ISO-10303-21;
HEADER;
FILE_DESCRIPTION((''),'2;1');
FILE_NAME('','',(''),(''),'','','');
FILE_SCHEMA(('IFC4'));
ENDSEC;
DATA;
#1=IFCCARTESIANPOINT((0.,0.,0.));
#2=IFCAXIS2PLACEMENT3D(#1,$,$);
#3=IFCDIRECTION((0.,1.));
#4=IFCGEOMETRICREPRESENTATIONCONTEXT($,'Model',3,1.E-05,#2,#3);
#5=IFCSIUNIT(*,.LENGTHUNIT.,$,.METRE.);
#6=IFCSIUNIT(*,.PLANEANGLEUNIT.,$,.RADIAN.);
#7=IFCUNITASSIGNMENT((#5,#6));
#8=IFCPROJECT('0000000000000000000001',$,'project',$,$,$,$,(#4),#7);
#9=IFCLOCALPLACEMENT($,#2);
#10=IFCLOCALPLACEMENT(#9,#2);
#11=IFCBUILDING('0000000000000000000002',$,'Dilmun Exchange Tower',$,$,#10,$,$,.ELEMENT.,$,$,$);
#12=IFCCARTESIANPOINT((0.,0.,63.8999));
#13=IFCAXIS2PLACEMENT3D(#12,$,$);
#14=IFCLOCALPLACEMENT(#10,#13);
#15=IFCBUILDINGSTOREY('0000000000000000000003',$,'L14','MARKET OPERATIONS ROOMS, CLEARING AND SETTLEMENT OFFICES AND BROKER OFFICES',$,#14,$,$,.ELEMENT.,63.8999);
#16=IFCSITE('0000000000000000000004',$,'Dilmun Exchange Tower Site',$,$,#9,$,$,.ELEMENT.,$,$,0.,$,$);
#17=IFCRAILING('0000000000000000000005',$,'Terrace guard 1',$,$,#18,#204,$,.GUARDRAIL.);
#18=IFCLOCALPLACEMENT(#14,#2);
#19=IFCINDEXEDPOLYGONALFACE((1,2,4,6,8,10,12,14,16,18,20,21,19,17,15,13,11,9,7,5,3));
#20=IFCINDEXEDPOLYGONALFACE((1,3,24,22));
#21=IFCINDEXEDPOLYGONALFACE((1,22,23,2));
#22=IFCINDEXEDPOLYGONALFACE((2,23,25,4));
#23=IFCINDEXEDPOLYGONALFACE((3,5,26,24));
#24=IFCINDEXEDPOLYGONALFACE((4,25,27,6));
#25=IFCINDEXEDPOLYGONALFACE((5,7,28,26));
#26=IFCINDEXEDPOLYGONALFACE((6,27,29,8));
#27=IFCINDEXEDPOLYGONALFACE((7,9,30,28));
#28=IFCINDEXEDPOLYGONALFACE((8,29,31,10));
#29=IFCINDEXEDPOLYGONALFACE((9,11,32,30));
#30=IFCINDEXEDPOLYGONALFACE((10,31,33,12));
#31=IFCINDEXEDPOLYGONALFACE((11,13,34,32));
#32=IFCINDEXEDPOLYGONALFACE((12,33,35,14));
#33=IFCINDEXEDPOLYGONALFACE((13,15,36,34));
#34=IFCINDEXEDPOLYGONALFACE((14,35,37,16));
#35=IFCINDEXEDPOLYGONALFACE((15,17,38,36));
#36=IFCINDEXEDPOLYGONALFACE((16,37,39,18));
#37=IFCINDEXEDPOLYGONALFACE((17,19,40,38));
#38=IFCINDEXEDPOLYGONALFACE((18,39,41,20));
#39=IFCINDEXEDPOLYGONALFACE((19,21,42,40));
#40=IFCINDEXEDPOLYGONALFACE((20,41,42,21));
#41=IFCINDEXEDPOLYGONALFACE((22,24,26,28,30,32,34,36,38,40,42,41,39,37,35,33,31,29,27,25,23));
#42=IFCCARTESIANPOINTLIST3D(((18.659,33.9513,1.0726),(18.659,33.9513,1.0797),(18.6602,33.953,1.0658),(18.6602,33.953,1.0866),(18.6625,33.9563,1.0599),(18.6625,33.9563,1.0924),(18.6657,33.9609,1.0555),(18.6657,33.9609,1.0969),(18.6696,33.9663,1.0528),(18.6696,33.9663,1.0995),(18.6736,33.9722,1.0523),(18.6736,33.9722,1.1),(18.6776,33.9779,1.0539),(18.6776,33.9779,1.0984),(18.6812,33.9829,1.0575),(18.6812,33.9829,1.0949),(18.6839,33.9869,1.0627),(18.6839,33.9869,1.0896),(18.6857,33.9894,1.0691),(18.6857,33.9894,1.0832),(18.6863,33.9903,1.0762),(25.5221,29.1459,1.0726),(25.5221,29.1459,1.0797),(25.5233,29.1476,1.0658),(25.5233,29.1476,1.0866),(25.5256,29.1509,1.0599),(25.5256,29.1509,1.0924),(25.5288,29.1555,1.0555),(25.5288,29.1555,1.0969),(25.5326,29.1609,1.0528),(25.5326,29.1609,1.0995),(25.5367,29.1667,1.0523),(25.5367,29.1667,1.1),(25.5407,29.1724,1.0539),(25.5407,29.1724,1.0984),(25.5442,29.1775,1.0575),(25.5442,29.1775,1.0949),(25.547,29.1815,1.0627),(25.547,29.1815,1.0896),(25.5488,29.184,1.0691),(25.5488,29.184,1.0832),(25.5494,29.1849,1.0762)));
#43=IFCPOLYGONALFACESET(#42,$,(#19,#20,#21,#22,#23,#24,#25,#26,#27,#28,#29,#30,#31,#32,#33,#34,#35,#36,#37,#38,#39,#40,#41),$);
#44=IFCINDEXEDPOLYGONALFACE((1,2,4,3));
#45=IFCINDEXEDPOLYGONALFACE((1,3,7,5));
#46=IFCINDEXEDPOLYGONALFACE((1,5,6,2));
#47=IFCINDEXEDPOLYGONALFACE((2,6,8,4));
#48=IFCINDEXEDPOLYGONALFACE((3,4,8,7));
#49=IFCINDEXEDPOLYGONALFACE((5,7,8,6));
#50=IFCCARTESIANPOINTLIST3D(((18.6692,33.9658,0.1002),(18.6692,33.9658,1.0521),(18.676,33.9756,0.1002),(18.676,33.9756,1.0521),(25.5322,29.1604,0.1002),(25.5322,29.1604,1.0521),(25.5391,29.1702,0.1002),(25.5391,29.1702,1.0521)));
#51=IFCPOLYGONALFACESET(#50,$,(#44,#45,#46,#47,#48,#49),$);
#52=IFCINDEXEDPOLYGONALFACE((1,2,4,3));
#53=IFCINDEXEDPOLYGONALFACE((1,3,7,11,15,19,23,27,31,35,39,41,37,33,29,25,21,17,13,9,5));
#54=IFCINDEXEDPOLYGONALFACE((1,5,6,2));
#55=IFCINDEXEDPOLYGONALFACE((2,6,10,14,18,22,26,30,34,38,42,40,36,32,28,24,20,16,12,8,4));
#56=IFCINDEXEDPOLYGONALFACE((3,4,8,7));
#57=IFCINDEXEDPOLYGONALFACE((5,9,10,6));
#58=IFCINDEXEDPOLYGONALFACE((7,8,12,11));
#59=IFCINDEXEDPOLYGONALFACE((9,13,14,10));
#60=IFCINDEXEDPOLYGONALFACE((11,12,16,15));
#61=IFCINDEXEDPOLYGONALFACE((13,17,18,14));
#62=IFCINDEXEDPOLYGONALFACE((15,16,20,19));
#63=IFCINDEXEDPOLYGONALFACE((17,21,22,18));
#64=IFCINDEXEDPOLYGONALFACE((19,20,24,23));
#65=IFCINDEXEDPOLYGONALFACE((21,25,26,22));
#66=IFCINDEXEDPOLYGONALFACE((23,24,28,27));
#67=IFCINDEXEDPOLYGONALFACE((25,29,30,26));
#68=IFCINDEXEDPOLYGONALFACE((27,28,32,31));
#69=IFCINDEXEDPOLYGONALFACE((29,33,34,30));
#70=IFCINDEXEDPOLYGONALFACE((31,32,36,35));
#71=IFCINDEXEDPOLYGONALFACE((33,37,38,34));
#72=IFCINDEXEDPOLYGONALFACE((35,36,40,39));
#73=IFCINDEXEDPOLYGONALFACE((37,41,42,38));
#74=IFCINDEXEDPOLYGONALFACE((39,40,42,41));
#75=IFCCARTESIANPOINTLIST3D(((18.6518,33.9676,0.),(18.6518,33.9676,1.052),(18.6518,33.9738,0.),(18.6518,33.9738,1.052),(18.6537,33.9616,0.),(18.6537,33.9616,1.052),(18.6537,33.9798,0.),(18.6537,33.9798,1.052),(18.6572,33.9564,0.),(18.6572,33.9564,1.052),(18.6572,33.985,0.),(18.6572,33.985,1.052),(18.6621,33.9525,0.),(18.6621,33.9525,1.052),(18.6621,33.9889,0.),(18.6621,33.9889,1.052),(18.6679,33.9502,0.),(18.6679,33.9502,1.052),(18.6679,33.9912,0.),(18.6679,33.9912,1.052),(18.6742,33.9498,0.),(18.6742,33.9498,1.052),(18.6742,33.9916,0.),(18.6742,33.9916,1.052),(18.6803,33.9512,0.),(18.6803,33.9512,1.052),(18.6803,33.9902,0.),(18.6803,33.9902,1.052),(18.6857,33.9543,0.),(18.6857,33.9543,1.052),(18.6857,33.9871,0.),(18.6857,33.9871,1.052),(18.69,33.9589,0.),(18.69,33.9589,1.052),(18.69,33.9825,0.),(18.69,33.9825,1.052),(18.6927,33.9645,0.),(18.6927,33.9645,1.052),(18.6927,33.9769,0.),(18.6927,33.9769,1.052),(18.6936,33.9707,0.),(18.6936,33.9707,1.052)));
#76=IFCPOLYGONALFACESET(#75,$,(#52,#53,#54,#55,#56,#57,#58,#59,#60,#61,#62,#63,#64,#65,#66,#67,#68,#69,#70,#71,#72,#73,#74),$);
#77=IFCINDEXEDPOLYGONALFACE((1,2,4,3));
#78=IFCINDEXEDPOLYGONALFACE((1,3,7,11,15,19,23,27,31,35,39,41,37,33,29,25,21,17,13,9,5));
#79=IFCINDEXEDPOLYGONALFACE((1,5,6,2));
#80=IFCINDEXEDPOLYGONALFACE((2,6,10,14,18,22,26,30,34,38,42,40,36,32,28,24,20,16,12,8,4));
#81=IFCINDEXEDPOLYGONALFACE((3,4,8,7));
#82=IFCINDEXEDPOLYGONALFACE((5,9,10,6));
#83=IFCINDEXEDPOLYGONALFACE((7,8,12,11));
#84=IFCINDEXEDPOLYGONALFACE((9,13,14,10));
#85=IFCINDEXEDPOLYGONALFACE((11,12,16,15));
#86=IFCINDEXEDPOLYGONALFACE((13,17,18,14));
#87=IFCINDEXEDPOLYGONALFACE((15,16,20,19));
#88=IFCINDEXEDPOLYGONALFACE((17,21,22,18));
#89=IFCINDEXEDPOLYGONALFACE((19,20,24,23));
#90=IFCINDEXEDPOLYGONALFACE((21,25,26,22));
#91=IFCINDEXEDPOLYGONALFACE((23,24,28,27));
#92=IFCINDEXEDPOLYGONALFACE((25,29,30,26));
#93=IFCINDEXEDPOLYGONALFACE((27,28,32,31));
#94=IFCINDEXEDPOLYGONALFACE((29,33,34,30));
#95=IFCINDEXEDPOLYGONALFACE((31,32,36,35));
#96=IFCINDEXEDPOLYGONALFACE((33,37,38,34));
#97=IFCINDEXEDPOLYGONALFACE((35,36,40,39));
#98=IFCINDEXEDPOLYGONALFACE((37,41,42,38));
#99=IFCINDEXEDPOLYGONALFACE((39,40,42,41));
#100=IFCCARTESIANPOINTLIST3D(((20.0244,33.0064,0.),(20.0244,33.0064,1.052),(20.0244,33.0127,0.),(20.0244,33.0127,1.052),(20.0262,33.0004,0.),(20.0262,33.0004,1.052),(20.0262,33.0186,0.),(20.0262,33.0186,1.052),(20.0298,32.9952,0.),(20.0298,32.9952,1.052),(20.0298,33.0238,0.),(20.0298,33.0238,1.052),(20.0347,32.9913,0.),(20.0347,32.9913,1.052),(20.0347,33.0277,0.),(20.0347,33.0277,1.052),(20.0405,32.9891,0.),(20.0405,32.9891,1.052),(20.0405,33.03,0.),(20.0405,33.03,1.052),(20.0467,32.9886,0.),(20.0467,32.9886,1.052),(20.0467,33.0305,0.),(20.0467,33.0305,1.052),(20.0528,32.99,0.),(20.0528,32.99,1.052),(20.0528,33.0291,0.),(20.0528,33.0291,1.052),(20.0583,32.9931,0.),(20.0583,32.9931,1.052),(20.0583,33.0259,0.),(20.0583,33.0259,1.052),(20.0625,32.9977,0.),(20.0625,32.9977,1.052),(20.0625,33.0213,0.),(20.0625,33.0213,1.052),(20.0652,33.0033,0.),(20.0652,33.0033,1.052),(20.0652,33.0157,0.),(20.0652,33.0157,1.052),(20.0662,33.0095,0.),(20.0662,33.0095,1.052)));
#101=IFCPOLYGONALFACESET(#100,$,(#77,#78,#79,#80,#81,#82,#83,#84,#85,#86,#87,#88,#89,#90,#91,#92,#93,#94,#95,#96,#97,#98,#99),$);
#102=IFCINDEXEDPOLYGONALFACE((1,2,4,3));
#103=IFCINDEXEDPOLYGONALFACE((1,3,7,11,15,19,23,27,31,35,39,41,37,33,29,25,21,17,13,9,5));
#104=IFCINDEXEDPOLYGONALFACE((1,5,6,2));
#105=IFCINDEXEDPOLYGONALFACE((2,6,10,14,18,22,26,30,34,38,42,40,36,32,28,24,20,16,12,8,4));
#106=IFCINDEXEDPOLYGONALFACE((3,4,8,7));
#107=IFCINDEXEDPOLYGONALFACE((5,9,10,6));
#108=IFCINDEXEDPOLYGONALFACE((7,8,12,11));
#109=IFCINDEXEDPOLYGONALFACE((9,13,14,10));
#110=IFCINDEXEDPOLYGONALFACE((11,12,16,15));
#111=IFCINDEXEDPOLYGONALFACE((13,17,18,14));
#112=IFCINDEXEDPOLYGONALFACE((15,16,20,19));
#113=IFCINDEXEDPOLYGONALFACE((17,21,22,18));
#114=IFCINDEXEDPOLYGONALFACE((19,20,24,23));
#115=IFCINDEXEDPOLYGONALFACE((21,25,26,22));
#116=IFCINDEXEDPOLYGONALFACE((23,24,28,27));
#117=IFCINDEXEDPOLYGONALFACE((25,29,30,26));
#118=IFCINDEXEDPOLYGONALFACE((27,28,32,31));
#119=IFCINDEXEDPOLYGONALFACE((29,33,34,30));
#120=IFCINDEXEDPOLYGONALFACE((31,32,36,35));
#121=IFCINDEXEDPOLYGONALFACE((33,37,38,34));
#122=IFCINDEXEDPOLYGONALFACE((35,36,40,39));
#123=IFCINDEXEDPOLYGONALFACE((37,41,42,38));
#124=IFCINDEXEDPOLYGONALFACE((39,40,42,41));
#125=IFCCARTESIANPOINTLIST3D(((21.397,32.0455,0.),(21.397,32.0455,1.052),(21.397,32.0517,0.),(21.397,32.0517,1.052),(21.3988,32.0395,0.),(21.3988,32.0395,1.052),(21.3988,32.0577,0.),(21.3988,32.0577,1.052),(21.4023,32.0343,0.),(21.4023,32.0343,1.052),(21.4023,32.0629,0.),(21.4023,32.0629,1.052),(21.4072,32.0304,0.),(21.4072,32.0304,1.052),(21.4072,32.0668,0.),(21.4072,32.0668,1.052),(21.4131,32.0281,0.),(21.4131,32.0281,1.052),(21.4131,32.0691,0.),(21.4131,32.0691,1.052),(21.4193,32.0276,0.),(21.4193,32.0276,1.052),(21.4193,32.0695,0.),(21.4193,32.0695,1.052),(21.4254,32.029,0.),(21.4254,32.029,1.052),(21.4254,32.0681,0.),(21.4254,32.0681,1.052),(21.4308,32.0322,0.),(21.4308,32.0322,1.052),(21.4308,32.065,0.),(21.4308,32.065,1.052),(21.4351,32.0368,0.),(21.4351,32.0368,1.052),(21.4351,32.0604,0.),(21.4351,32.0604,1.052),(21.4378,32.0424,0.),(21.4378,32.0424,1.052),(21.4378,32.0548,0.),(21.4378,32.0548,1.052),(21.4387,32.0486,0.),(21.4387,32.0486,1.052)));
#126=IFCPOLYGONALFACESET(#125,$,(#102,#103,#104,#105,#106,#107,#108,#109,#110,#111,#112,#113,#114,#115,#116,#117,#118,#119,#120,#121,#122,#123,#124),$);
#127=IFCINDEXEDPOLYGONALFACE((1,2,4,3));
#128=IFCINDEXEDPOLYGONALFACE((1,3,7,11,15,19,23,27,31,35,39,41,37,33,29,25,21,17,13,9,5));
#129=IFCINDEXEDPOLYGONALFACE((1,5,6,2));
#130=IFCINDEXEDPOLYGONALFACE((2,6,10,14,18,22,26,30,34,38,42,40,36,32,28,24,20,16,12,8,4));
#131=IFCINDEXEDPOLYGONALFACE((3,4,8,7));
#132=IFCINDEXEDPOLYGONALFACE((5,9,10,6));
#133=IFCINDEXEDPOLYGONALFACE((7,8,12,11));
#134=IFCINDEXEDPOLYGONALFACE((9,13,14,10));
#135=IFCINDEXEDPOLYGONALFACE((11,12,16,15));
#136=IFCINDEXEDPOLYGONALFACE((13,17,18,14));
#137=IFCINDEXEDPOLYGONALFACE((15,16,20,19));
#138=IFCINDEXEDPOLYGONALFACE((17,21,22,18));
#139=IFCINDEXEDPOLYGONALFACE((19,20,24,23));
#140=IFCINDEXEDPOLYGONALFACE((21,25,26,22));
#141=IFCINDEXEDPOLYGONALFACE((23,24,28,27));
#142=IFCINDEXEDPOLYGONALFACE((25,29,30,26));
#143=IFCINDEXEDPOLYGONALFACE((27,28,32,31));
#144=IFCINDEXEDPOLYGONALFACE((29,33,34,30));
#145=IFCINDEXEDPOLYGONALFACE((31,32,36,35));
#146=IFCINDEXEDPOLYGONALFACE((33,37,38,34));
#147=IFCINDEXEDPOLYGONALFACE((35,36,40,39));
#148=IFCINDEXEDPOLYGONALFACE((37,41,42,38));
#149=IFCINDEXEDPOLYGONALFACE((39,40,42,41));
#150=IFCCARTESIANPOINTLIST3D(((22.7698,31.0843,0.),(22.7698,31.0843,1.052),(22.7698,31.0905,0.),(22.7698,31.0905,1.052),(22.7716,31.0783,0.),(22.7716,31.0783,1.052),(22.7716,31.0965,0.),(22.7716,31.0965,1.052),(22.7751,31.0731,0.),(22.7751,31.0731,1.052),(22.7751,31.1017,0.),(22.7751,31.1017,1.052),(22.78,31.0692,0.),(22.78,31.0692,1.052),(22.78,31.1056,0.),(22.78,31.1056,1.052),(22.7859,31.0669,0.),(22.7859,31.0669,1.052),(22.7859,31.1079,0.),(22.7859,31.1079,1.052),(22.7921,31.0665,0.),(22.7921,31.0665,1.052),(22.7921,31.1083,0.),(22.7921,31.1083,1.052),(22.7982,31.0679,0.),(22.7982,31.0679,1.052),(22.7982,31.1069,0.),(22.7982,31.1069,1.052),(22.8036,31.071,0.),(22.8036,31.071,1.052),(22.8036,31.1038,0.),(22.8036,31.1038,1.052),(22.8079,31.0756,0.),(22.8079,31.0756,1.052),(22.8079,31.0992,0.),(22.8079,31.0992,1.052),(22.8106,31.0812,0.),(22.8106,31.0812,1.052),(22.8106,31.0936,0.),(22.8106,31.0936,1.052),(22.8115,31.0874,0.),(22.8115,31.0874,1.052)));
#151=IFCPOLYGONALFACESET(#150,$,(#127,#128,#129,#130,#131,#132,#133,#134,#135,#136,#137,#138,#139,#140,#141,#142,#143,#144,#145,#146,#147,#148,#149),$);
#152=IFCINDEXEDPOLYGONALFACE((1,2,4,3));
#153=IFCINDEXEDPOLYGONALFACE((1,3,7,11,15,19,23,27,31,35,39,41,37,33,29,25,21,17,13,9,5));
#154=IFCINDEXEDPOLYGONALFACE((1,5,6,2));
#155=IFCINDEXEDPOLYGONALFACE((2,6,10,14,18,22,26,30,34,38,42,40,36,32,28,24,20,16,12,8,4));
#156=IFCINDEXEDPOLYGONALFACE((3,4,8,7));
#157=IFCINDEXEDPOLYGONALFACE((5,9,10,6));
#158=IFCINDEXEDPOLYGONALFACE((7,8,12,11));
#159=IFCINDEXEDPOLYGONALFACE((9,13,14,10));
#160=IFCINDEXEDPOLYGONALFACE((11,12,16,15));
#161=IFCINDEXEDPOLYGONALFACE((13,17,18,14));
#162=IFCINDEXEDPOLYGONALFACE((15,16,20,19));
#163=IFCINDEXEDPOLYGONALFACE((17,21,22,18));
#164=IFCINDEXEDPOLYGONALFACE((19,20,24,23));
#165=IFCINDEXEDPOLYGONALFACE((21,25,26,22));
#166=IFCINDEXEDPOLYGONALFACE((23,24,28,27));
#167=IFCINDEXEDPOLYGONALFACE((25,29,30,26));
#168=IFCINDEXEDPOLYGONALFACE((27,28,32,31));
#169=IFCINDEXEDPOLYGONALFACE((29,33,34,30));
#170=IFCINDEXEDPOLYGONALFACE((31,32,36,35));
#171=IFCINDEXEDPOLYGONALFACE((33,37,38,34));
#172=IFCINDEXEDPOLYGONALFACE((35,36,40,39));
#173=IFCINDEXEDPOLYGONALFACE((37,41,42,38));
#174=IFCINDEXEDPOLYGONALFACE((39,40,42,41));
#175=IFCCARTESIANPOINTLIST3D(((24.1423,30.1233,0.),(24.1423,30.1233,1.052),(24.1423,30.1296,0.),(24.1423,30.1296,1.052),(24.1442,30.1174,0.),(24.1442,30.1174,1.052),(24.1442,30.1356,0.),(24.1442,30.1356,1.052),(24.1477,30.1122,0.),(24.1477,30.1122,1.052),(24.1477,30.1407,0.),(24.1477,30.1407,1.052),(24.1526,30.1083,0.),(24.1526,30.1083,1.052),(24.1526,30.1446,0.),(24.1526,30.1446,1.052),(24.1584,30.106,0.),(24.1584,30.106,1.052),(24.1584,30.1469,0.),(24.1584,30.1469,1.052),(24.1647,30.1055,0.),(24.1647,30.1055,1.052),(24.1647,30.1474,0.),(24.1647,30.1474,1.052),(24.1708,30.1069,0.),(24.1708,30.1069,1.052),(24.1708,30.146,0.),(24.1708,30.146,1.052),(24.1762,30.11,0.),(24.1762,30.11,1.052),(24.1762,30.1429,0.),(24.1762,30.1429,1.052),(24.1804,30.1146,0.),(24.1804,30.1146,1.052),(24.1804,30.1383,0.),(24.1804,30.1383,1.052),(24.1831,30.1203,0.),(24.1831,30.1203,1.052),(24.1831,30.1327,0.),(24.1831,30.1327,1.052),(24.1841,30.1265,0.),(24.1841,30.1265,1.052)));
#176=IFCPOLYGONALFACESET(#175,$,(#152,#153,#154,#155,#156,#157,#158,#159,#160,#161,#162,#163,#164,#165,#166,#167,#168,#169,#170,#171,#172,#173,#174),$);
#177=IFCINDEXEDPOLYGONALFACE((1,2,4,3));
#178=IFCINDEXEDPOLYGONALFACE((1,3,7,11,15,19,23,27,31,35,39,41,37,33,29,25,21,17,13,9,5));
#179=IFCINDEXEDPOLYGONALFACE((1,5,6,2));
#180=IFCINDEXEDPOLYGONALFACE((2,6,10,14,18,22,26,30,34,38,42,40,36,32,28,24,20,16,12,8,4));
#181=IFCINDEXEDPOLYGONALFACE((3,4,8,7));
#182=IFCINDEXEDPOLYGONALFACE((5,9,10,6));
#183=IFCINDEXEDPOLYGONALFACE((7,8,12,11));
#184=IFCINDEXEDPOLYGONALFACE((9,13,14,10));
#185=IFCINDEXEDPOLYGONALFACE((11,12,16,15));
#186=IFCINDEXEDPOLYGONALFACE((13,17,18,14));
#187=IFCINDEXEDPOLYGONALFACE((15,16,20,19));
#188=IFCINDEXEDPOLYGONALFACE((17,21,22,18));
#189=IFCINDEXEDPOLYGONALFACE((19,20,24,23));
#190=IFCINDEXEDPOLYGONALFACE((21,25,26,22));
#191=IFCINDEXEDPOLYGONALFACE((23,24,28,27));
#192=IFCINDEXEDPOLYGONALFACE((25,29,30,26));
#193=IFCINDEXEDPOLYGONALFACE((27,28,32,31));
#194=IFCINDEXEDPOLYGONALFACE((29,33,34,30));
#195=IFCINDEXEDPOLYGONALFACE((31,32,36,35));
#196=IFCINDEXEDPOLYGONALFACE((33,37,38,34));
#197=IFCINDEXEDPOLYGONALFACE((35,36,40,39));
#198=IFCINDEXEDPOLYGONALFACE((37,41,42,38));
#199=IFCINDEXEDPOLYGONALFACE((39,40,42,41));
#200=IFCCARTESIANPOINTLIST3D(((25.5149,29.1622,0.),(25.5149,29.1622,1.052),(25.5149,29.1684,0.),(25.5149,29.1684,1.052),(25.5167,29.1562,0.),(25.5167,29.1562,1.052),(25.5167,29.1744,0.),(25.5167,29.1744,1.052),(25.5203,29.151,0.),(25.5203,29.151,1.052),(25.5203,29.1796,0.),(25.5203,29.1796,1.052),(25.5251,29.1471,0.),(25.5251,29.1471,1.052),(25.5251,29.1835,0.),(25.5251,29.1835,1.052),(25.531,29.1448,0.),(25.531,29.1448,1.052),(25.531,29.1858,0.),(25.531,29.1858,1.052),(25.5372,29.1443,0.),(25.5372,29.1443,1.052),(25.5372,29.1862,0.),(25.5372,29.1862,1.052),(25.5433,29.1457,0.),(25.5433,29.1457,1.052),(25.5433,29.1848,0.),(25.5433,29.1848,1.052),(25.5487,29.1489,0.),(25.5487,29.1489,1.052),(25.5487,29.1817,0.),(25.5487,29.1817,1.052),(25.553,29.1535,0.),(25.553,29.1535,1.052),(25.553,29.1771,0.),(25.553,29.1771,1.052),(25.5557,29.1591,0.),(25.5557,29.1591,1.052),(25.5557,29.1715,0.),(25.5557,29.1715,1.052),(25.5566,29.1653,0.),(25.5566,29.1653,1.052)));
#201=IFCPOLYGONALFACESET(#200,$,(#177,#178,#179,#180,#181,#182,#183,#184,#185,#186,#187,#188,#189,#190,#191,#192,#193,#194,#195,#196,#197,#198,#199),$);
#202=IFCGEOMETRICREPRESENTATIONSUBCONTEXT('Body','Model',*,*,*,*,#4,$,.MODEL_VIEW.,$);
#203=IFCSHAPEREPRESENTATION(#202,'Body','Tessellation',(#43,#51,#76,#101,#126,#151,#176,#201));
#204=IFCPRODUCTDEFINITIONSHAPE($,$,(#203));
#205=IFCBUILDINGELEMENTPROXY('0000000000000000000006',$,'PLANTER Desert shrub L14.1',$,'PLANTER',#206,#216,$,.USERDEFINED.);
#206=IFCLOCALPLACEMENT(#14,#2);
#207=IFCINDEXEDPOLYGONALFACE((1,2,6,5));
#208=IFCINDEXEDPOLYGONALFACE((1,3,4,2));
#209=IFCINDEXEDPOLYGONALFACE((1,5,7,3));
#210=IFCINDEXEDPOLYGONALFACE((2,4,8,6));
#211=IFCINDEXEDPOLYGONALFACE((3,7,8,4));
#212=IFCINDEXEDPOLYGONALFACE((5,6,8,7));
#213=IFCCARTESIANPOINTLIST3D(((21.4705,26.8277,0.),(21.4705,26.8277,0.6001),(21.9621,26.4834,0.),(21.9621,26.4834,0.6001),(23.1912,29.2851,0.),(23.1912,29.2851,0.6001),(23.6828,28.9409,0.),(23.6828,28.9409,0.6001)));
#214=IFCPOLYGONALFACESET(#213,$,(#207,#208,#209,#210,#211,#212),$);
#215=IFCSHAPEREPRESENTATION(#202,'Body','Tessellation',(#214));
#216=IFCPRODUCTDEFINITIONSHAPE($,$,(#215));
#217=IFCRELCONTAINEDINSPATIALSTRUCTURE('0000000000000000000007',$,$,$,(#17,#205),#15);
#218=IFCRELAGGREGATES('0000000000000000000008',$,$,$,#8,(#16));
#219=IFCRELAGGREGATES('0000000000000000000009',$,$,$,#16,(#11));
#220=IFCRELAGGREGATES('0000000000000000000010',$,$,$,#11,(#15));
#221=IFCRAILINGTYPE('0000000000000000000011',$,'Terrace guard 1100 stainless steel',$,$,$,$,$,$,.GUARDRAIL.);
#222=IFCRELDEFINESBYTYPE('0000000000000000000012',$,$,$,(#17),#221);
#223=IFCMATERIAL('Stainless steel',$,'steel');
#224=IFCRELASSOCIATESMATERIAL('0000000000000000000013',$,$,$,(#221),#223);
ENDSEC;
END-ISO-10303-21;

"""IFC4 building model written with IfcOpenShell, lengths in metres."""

from ifc_helpers import new_model, si_unit, direction, frame, origin, origin_2d, place, context, subcontext, project, spatial, rectangle, circle, extrude, material, type_object, element, save


model = new_model("IFC4")

# Units and contexts
model_context = context("Model", 3, precision=1e-05, world=origin(), true_north=direction((0.0, 1.0)))
body_context = subcontext(model_context, "Body", "Model", "MODEL_VIEW")
ifc_project = project(units=[si_unit("LENGTHUNIT", "METRE"), si_unit("PLANEANGLEUNIT", "RADIAN")], contexts=[model_context])

# Site, building, storey
site_placement = place(None, origin())
site = spatial("IfcSite", under=ifc_project, at=site_placement, Name="Dilmun Exchange Tower Site", CompositionType="ELEMENT", RefElevation=0.0)
building_placement = place(site_placement, origin())
building = spatial("IfcBuilding", under=site, at=building_placement, Name="Dilmun Exchange Tower", CompositionType="ELEMENT")
storey_placement = place(building_placement, frame((0.0, 0.0, 63.8999)))
storey = spatial("IfcBuildingStorey", under=building, at=storey_placement, Name="L14", Description="MARKET OPERATIONS ROOMS, CLEARING AND SETTLEMENT OFFICES AND BROKER OFFICES", CompositionType="ELEMENT", Elevation=63.8999)

# Railing
ifc_material_1 = material(Name="Stainless steel", Category="steel")
railing_type = type_object("IfcRailingType", Name="Terrace guard 1100 stainless steel", PredefinedType="GUARDRAIL", material=ifc_material_1)
railing_placement = place(storey_placement, frame((18.6726, 33.9707, 0.0)))
element("IfcRailing", 1, at=railing_placement, inside=storey, type_object=railing_type, Name="Terrace guard 1", PredefinedType="GUARDRAIL", context=body_context, shape_type="SweptSolid", body=[
    extrude(circle(Radius=0.0239, at=origin_2d()), frame((0.0, 0.0, 1.0762), z_axis=(0.819159, -0.573566, 0.0), x_axis=(0.573566, 0.819159, 0.0)), (0.0, 0.0, 1.0), 8.3782),
    extrude(rectangle(XDim=0.012, YDim=0.9519, at=origin_2d()), frame((0.0, 0.0, 0.5762), z_axis=(0.819159, -0.573566, 0.0), x_axis=(0.573566, 0.819159, 0.0)), (0.0, 0.0, 1.0), 8.3782),
    extrude(circle(Radius=0.021, at=origin_2d()), origin(), (0.0, 0.0, 1.0), 1.052),
    extrude(circle(Radius=0.021, at=origin_2d()), frame((1.3726, -0.9612, 0.0)), (0.0, 0.0, 1.0), 1.052),
    extrude(circle(Radius=0.021, at=origin_2d()), frame((2.7451, -1.9221, 0.0)), (0.0, 0.0, 1.0), 1.052),
    extrude(circle(Radius=0.021, at=origin_2d()), frame((4.1179, -2.8833, 0.0)), (0.0, 0.0, 1.0), 1.052),
    extrude(circle(Radius=0.021, at=origin_2d()), frame((5.4905, -3.8442, 0.0)), (0.0, 0.0, 1.0), 1.052),
    extrude(circle(Radius=0.021, at=origin_2d()), frame((6.863, -4.8054, 0.0)), (0.0, 0.0, 1.0), 1.052),
])

# Building element proxy
for number, where, z_axis, x_axis, name in (
    (2, (22.5767, 27.8843, 0.0), (0.0, 0.0, 1.0), (0.573576, 0.819152, 0.0), "PLANTER Desert shrub L14.1"),
):
    element("IfcBuildingElementProxy", number, at=place(storey_placement, frame(where, z_axis=z_axis, x_axis=x_axis)), inside=storey, Name=name, ObjectType="PLANTER", PredefinedType="USERDEFINED", context=body_context, shape_type="SweptSolid", body=[
        extrude(rectangle(XDim=3.0, YDim=0.6001, at=origin_2d()), origin(), (0.0, 0.0, 1.0), 0.6001),
    ])

save(model, "model.ifc")
